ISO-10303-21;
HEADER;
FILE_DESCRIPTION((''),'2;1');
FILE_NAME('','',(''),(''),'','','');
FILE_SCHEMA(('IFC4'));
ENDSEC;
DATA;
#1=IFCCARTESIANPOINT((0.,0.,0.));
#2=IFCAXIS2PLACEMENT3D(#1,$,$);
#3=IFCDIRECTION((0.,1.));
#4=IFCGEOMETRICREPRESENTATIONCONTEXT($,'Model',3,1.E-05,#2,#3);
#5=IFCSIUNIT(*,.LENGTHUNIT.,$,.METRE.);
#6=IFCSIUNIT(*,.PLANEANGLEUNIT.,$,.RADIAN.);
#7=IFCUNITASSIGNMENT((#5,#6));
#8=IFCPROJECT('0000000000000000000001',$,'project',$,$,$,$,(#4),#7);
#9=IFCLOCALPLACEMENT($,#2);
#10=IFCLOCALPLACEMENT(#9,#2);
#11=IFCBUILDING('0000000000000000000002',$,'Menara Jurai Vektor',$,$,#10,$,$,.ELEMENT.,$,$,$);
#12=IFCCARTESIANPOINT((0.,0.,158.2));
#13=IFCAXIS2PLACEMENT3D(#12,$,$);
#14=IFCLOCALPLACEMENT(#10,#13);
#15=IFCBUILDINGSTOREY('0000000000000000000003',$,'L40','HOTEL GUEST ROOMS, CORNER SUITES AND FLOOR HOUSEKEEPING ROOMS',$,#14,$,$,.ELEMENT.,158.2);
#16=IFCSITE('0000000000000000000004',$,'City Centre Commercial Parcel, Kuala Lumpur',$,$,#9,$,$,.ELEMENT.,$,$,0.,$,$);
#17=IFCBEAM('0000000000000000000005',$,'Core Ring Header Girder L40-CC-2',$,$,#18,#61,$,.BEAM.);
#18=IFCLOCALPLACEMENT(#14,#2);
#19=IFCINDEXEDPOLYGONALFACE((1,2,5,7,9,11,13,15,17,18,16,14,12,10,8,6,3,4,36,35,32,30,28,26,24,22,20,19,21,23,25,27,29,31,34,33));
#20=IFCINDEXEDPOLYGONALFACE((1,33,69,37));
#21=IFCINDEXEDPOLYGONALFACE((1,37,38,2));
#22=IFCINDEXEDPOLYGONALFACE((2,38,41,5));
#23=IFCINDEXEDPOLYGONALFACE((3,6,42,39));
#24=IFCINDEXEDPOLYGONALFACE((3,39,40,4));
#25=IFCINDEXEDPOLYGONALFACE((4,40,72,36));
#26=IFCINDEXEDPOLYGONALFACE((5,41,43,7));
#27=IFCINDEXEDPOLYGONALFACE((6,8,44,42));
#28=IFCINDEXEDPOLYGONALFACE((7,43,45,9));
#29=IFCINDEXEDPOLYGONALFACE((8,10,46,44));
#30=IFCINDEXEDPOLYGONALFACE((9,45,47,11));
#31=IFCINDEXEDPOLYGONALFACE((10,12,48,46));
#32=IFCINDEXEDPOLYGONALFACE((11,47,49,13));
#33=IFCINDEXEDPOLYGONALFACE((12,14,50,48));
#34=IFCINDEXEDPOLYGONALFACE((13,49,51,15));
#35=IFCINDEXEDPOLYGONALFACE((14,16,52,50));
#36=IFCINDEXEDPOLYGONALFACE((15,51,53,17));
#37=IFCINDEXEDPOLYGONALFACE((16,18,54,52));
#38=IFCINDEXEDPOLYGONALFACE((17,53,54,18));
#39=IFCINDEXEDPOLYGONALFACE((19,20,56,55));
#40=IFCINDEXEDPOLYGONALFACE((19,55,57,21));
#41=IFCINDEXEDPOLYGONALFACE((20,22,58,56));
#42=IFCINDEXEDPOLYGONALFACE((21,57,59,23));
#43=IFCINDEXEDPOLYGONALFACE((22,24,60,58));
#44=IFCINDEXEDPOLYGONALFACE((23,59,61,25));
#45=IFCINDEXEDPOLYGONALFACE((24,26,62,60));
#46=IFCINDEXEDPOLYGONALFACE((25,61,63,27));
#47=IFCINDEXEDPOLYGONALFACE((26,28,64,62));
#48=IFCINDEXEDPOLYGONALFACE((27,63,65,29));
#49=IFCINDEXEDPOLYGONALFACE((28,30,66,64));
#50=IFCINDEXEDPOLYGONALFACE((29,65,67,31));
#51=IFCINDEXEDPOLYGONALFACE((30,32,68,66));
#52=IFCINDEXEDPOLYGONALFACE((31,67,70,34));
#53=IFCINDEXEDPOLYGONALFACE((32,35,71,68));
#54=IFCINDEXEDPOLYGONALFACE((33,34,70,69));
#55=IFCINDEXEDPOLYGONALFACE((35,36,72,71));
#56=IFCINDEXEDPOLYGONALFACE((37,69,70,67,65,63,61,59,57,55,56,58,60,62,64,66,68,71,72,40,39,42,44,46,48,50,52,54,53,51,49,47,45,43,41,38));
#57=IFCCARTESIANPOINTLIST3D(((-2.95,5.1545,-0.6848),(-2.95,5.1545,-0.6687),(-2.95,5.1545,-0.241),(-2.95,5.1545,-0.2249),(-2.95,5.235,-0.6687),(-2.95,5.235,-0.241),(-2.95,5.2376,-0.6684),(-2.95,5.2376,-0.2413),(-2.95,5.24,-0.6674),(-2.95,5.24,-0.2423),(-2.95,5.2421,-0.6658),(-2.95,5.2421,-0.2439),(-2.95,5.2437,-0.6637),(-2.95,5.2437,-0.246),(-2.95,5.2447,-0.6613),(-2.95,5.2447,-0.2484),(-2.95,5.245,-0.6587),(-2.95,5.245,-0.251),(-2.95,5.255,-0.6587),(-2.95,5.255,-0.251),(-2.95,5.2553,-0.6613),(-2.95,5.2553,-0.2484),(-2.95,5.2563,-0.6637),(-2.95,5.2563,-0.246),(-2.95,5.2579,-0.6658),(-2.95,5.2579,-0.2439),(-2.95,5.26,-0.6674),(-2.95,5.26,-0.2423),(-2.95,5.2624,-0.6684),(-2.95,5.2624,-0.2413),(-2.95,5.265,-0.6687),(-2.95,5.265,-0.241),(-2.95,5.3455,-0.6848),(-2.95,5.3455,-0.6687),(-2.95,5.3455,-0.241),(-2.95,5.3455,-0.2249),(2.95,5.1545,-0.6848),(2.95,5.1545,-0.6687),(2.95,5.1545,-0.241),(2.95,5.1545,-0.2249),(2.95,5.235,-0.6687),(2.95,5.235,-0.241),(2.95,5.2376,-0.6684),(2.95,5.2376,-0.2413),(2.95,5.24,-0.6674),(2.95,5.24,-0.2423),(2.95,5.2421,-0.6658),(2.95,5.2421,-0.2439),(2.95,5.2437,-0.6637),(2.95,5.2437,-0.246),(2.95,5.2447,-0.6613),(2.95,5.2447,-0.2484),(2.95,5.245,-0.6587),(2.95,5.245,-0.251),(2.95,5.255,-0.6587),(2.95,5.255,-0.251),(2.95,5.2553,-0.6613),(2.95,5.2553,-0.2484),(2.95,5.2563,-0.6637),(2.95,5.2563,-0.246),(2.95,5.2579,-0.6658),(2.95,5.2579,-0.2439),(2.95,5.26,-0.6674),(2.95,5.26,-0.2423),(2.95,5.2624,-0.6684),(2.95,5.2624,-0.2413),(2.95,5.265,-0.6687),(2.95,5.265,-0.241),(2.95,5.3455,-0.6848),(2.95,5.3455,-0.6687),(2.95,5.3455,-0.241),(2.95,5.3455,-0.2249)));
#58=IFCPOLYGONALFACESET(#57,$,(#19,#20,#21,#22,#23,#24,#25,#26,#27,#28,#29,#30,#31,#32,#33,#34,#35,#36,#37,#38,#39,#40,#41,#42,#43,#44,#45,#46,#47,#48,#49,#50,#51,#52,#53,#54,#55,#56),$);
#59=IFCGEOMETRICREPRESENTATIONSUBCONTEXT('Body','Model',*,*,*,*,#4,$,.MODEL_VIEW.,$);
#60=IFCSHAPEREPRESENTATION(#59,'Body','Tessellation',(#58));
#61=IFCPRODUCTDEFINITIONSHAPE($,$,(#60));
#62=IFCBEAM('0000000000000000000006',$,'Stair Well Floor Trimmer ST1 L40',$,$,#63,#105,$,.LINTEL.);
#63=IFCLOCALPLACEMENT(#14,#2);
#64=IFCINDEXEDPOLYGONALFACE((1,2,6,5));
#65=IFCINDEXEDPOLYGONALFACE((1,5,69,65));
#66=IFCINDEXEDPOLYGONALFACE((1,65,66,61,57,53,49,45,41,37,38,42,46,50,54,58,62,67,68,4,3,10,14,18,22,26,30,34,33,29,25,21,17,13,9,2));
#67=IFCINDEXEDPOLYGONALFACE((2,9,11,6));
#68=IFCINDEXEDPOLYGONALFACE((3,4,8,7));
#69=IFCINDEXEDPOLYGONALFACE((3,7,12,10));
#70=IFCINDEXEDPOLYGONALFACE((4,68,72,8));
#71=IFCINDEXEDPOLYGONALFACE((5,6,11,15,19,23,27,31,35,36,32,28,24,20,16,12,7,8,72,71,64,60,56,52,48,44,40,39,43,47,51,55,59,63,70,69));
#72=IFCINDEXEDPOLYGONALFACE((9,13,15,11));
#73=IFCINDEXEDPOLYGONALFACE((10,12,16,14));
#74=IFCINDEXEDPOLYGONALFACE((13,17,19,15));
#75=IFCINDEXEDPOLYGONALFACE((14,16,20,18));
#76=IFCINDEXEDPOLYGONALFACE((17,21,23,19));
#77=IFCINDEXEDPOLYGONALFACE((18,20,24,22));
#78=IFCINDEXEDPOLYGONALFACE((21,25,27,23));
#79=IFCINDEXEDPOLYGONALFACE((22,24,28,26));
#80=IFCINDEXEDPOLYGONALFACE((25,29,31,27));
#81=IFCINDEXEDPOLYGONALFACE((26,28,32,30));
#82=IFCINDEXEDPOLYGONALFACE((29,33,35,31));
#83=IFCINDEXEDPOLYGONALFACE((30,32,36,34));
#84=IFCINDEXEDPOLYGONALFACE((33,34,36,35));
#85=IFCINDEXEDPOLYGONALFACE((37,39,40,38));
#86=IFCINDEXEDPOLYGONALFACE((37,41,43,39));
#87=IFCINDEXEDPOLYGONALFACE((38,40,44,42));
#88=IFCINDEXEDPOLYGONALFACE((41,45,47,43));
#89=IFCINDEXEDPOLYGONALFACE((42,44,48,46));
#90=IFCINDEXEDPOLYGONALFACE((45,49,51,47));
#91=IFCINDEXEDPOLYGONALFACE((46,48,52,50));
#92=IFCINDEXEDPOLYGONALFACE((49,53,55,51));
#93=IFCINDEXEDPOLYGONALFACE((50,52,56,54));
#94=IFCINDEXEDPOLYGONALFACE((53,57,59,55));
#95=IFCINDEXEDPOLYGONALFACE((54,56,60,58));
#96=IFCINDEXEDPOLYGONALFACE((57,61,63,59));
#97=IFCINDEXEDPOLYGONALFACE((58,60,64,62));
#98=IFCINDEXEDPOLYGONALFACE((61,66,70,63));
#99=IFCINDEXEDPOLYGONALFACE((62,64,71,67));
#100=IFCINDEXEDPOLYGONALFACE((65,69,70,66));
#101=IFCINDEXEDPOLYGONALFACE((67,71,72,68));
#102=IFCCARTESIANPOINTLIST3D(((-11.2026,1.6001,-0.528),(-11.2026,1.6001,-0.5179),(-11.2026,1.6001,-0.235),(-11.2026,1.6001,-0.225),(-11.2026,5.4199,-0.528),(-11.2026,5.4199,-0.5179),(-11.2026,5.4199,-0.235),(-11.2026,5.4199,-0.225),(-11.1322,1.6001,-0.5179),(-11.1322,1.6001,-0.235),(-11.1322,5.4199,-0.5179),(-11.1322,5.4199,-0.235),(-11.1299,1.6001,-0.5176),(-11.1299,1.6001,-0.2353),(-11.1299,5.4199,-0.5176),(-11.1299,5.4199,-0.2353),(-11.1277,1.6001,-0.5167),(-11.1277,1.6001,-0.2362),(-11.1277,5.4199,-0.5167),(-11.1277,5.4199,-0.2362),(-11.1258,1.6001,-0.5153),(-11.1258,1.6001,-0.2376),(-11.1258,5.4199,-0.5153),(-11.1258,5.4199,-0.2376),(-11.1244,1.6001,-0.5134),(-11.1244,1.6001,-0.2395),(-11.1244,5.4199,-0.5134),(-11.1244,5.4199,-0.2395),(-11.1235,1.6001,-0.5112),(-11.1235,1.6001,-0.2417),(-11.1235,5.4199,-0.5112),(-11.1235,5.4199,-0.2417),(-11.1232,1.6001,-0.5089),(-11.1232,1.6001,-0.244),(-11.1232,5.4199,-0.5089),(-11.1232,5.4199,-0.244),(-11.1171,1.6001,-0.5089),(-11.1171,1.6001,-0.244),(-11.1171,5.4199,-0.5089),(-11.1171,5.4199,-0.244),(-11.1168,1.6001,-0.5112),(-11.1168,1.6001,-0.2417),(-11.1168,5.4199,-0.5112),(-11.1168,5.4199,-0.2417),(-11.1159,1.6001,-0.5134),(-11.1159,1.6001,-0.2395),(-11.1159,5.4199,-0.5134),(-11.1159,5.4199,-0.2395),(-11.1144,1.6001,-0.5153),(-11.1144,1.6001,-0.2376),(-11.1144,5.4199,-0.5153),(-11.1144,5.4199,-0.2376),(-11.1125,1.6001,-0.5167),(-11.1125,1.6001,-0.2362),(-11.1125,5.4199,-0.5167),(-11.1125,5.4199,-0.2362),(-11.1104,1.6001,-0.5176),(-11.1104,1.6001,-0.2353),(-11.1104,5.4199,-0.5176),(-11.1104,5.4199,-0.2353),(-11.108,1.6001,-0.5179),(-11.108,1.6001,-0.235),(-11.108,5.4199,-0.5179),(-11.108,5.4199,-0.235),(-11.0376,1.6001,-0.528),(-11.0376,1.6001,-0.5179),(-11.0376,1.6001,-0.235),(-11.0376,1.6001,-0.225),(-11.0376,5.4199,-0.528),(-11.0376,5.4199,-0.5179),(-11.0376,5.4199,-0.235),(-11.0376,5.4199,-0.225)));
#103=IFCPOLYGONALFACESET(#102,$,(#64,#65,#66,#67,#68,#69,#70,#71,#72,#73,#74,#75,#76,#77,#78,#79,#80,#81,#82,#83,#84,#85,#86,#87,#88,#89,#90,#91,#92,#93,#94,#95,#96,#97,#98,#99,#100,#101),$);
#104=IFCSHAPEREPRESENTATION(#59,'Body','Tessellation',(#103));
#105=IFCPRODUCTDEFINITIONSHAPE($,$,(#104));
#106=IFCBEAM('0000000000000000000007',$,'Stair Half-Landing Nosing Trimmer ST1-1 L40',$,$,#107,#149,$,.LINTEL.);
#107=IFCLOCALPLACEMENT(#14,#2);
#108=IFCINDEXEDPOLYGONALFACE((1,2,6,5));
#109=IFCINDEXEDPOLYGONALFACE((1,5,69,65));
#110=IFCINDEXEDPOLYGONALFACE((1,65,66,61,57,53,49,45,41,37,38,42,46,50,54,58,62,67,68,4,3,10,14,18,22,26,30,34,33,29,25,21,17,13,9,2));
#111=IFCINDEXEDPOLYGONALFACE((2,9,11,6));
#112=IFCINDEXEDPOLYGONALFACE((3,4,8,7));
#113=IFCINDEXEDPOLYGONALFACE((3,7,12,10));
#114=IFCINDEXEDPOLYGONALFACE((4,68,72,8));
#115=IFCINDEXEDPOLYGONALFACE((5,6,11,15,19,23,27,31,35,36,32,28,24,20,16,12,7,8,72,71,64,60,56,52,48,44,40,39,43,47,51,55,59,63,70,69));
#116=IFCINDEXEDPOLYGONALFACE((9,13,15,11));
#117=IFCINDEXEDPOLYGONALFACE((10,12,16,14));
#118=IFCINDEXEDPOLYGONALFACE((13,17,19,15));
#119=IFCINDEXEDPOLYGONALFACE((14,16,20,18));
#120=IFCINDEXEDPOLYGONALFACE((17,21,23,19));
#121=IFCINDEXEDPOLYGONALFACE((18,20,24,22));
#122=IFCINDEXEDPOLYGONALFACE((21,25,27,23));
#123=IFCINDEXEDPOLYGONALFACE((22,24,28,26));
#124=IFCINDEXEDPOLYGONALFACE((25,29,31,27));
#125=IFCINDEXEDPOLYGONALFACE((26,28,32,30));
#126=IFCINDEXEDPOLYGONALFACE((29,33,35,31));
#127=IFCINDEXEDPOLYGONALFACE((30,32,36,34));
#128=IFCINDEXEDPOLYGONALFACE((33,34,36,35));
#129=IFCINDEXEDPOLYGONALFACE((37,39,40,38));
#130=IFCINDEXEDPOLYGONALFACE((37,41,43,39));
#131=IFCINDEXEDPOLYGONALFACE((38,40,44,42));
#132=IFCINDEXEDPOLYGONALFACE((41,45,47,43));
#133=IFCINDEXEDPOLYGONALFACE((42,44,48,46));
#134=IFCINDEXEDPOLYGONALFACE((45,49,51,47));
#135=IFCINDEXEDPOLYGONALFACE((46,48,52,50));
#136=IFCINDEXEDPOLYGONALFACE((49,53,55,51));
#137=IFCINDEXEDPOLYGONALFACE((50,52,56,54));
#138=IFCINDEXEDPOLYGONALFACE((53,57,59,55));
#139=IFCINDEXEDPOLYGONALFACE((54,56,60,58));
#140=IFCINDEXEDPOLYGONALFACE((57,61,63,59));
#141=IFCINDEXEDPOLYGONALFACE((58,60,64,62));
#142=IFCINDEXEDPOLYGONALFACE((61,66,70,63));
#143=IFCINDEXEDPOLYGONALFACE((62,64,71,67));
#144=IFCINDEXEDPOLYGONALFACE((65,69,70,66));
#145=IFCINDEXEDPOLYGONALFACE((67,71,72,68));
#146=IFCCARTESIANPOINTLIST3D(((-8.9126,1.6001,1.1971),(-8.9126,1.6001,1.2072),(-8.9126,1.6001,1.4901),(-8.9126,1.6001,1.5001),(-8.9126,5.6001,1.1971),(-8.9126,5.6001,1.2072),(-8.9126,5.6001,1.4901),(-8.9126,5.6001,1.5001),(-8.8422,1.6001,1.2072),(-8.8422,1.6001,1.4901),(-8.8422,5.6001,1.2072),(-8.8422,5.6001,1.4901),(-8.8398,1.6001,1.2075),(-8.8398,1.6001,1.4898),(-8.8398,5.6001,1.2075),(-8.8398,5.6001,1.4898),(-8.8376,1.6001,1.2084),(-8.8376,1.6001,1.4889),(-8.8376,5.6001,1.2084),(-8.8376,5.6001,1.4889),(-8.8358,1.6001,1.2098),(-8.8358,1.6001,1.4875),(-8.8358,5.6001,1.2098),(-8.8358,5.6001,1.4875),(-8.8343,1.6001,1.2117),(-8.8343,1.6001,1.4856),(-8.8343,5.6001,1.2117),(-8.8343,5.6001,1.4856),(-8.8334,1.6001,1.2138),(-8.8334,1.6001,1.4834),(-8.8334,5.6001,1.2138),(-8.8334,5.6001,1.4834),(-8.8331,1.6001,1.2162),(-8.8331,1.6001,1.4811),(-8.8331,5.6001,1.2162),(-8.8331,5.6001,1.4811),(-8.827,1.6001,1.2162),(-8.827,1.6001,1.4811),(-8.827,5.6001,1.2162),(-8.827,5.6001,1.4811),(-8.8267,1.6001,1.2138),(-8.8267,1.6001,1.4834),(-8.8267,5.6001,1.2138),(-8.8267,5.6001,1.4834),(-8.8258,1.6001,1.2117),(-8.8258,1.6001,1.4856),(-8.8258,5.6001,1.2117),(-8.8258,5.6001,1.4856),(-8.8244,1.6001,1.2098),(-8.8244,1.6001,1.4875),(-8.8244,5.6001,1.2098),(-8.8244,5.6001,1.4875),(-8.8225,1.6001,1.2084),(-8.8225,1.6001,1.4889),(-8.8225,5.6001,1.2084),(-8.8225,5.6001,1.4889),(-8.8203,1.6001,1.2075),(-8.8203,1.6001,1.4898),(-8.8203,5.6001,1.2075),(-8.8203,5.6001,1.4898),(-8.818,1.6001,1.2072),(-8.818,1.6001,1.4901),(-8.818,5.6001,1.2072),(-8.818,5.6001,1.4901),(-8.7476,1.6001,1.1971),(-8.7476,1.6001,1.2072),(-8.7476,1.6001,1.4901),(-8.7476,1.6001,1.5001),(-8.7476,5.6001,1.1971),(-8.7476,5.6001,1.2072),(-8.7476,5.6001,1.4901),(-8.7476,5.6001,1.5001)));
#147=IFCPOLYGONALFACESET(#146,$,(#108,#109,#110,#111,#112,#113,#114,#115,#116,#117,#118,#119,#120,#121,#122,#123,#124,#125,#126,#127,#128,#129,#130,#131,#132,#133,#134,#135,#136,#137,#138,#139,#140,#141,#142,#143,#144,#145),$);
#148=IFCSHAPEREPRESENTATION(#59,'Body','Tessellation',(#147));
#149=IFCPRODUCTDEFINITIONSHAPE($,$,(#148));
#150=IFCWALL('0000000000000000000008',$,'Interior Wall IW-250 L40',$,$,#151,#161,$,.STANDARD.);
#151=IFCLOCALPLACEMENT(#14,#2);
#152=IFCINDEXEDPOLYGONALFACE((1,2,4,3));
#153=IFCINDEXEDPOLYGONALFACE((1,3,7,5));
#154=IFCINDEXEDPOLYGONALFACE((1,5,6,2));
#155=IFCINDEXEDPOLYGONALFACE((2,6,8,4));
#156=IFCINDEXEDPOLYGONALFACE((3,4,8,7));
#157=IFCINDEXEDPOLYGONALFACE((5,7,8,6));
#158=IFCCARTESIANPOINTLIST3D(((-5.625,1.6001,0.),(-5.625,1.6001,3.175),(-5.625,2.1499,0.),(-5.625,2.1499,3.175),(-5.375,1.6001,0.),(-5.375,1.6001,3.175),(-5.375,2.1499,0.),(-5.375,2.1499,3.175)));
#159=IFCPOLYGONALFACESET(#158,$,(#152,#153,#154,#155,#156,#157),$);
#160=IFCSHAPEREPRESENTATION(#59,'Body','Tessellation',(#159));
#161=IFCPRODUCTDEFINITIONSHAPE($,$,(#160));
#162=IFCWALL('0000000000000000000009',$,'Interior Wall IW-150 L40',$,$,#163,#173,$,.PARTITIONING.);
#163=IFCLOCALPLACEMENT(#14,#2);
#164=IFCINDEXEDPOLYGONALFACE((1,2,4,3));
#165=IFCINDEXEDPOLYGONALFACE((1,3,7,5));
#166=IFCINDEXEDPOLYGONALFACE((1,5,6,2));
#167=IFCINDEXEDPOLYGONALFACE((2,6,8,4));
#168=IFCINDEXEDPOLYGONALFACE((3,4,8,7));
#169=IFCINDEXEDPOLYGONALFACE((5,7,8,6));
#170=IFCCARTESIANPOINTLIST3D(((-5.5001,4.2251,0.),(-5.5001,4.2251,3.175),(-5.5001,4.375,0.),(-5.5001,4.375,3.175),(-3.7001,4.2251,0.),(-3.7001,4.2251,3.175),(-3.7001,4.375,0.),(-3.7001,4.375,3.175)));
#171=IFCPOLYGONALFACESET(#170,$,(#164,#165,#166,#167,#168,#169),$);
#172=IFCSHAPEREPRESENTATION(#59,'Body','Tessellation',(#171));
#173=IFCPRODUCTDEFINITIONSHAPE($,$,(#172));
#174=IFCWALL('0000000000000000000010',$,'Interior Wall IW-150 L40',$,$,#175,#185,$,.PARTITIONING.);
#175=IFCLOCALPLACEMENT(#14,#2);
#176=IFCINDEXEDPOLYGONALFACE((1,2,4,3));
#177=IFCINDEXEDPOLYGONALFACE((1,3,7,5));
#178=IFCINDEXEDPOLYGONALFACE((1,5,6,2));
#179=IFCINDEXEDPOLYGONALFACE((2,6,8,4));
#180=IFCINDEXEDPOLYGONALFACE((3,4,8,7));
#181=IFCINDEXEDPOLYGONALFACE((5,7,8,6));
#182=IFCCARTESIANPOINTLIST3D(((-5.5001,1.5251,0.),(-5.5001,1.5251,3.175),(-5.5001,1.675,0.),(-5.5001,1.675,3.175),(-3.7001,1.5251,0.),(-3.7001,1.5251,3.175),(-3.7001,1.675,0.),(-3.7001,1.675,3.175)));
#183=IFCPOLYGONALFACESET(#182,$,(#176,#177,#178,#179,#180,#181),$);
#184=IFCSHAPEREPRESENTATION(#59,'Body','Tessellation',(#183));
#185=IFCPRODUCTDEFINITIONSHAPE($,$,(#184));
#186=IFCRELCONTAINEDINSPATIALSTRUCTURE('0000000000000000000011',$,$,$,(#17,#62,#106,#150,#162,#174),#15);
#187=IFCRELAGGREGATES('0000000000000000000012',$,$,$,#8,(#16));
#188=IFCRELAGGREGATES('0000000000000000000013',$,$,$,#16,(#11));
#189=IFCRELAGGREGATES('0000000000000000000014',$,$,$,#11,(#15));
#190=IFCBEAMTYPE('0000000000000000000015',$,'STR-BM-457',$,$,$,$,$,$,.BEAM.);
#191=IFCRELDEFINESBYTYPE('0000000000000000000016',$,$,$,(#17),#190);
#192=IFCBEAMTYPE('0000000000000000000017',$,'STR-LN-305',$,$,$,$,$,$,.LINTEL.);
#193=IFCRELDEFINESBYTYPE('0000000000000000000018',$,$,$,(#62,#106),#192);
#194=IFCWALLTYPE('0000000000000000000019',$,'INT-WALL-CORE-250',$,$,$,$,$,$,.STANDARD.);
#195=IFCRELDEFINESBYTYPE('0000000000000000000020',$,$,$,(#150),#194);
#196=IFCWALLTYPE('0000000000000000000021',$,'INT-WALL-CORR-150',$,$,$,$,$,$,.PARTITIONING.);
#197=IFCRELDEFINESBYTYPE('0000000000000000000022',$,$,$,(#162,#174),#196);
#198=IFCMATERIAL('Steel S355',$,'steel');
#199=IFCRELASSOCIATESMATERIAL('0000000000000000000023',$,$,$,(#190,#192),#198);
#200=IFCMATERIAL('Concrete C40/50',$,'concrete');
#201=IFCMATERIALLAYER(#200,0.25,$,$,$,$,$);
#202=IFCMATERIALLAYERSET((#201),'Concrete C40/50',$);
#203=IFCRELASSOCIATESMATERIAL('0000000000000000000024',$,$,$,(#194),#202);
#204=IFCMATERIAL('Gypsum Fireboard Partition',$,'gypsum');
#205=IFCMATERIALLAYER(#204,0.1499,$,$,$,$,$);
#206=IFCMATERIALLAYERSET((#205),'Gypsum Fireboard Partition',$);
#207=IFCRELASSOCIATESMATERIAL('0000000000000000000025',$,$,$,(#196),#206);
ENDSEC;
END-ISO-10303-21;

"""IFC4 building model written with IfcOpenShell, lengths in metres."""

from ifc_helpers import new_model, si_unit, direction, frame, frame_2d, origin, origin_2d, place, context, subcontext, project, spatial, rectangle, i_section, extrude, material, layer, layer_set, material_profile, profile_set, type_object, element, save


model = new_model("IFC4")

# Units and contexts
model_context = context("Model", 3, precision=1e-05, world=origin(), true_north=direction((0.0, 1.0)))
body_context = subcontext(model_context, "Body", "Model", "MODEL_VIEW")
ifc_project = project(units=[si_unit("LENGTHUNIT", "METRE"), si_unit("PLANEANGLEUNIT", "RADIAN")], contexts=[model_context])

# Site, building, storey
site_placement = place(None, origin())
site = spatial("IfcSite", under=ifc_project, at=site_placement, Name="City Centre Commercial Parcel, Kuala Lumpur", CompositionType="ELEMENT", RefElevation=0.0)
building_placement = place(site_placement, origin())
building = spatial("IfcBuilding", under=site, at=building_placement, Name="Menara Jurai Vektor", CompositionType="ELEMENT")
storey_placement = place(building_placement, frame((0.0, 0.0, 158.2)))
storey = spatial("IfcBuildingStorey", under=building, at=storey_placement, Name="L40", Description="HOTEL GUEST ROOMS, CORNER SUITES AND FLOOR HOUSEKEEPING ROOMS", CompositionType="ELEMENT", Elevation=158.2)

# Shared definitions
ifc_material_1 = material(Name="Steel S355", Category="steel")

# Beams
ifc_material_profile_1 = material_profile(ifc_material_1, i_section(OverallWidth=0.1909, OverallDepth=0.46, WebThickness=0.01, FlangeThickness=0.0161, FilletRadius=0.01, at=origin_2d()), Name="UKB 457x191x82")
ifc_profile_set_1 = profile_set([ifc_material_profile_1], Name="Steel S355")
beam_type_1 = type_object("IfcBeamType", Name="STR-BM-457", PredefinedType="BEAM", material=ifc_profile_set_1)
beam_1_placement = place(storey_placement, frame((-2.95, 5.25, -0.4548), z_axis=(1.0, 0.0, 0.0), x_axis=(0.0, 1.0, 0.0)))
element("IfcBeam", 1, at=beam_1_placement, inside=storey, type_object=beam_type_1, Name="Core Ring Header Girder L40-CC-2", PredefinedType="BEAM", context=body_context, shape_type="SweptSolid", body=[
    extrude(i_section(OverallWidth=0.1909, OverallDepth=0.46, WebThickness=0.01, FlangeThickness=0.0161, FilletRadius=0.01, at=origin_2d()), origin(), (0.0, 0.0, 1.0), 5.8999),
])
ifc_material_profile_2 = material_profile(ifc_material_1, i_section(OverallWidth=0.165, OverallDepth=0.303, WebThickness=0.0061, FlangeThickness=0.01, FilletRadius=0.009, at=origin_2d()), Name="UKB 305x165x40")
ifc_profile_set_2 = profile_set([ifc_material_profile_2], Name="Steel S355")
beam_type_2 = type_object("IfcBeamType", Name="STR-LN-305", PredefinedType="LINTEL", material=ifc_profile_set_2)
beam_2_placement = place(storey_placement, frame((-11.1201, 1.6001, -0.3765), z_axis=(0.0, 1.0, 0.0), x_axis=(-1.0, 0.0, 0.0)))
element("IfcBeam", 2, at=beam_2_placement, inside=storey, type_object=beam_type_2, Name="Stair Well Floor Trimmer ST1 L40", PredefinedType="LINTEL", context=body_context, shape_type="SweptSolid", body=[
    extrude(i_section(OverallWidth=0.165, OverallDepth=0.303, WebThickness=0.0061, FlangeThickness=0.01, FilletRadius=0.009, at=origin_2d()), origin(), (0.0, 0.0, 1.0), 3.8198),
])
beam_3_placement = place(storey_placement, frame((-8.8301, 1.6001, 1.3486), z_axis=(0.0, 1.0, 0.0), x_axis=(-1.0, 0.0, 0.0)))
element("IfcBeam", 3, at=beam_3_placement, inside=storey, type_object=beam_type_2, Name="Stair Half-Landing Nosing Trimmer ST1-1 L40", PredefinedType="LINTEL", context=body_context, shape_type="SweptSolid", body=[
    extrude(i_section(OverallWidth=0.165, OverallDepth=0.303, WebThickness=0.0061, FlangeThickness=0.01, FilletRadius=0.009, at=origin_2d()), origin(), (0.0, 0.0, 1.0), 4.0),
])

# Shared definitions
ifc_material_2 = material(Name="Concrete C40/50", Category="concrete")
ifc_layer_1 = layer(ifc_material_2, 0.25)
ifc_layer_set_1 = layer_set([ifc_layer_1], Name="Concrete C40/50")
wall_type_1 = type_object("IfcWallType", Name="INT-WALL-CORE-250", PredefinedType="STANDARD", material=ifc_layer_set_1)

# Walls
wall_1_placement = place(storey_placement, frame((-5.5, 1.6001, 0.0), z_axis=(0.0, 0.0, 1.0), x_axis=(0.0, 1.0, 0.0)))
element("IfcWall", 4, at=wall_1_placement, inside=storey, type_object=wall_type_1, Name="Interior Wall IW-250 L40", PredefinedType="STANDARD", context=body_context, shape_type="SweptSolid", body=[
    extrude(rectangle(XDim=0.5498, YDim=0.25, at=frame_2d((0.2749, 0.0))), origin(), (0.0, 0.0, 1.0), 3.175),
])
ifc_material_3 = material(Name="Gypsum Fireboard Partition", Category="gypsum")
ifc_layer_2 = layer(ifc_material_3, 0.1499)
ifc_layer_set_2 = layer_set([ifc_layer_2], Name="Gypsum Fireboard Partition")
wall_type_2 = type_object("IfcWallType", Name="INT-WALL-CORR-150", PredefinedType="PARTITIONING", material=ifc_layer_set_2)
for number, where, z_axis, x_axis, name in (
    (5, (-5.5, 4.3, 0.0), (0.0, 0.0, 1.0), (1.0, 0.0, 0.0), "Interior Wall IW-150 L40"),
    (6, (-5.5, 1.6001, 0.0), (0.0, 0.0, 1.0), (1.0, 0.0, 0.0), "Interior Wall IW-150 L40"),
):
    element("IfcWall", number, at=place(storey_placement, frame(where, z_axis=z_axis, x_axis=x_axis)), inside=storey, type_object=wall_type_2, Name=name, PredefinedType="PARTITIONING", context=body_context, shape_type="SweptSolid", body=[
        extrude(rectangle(XDim=1.8, YDim=0.1499, at=frame_2d((0.8999, 0.0))), origin(), (0.0, 0.0, 1.0), 3.175),
    ])

save(model, "model.ifc")
